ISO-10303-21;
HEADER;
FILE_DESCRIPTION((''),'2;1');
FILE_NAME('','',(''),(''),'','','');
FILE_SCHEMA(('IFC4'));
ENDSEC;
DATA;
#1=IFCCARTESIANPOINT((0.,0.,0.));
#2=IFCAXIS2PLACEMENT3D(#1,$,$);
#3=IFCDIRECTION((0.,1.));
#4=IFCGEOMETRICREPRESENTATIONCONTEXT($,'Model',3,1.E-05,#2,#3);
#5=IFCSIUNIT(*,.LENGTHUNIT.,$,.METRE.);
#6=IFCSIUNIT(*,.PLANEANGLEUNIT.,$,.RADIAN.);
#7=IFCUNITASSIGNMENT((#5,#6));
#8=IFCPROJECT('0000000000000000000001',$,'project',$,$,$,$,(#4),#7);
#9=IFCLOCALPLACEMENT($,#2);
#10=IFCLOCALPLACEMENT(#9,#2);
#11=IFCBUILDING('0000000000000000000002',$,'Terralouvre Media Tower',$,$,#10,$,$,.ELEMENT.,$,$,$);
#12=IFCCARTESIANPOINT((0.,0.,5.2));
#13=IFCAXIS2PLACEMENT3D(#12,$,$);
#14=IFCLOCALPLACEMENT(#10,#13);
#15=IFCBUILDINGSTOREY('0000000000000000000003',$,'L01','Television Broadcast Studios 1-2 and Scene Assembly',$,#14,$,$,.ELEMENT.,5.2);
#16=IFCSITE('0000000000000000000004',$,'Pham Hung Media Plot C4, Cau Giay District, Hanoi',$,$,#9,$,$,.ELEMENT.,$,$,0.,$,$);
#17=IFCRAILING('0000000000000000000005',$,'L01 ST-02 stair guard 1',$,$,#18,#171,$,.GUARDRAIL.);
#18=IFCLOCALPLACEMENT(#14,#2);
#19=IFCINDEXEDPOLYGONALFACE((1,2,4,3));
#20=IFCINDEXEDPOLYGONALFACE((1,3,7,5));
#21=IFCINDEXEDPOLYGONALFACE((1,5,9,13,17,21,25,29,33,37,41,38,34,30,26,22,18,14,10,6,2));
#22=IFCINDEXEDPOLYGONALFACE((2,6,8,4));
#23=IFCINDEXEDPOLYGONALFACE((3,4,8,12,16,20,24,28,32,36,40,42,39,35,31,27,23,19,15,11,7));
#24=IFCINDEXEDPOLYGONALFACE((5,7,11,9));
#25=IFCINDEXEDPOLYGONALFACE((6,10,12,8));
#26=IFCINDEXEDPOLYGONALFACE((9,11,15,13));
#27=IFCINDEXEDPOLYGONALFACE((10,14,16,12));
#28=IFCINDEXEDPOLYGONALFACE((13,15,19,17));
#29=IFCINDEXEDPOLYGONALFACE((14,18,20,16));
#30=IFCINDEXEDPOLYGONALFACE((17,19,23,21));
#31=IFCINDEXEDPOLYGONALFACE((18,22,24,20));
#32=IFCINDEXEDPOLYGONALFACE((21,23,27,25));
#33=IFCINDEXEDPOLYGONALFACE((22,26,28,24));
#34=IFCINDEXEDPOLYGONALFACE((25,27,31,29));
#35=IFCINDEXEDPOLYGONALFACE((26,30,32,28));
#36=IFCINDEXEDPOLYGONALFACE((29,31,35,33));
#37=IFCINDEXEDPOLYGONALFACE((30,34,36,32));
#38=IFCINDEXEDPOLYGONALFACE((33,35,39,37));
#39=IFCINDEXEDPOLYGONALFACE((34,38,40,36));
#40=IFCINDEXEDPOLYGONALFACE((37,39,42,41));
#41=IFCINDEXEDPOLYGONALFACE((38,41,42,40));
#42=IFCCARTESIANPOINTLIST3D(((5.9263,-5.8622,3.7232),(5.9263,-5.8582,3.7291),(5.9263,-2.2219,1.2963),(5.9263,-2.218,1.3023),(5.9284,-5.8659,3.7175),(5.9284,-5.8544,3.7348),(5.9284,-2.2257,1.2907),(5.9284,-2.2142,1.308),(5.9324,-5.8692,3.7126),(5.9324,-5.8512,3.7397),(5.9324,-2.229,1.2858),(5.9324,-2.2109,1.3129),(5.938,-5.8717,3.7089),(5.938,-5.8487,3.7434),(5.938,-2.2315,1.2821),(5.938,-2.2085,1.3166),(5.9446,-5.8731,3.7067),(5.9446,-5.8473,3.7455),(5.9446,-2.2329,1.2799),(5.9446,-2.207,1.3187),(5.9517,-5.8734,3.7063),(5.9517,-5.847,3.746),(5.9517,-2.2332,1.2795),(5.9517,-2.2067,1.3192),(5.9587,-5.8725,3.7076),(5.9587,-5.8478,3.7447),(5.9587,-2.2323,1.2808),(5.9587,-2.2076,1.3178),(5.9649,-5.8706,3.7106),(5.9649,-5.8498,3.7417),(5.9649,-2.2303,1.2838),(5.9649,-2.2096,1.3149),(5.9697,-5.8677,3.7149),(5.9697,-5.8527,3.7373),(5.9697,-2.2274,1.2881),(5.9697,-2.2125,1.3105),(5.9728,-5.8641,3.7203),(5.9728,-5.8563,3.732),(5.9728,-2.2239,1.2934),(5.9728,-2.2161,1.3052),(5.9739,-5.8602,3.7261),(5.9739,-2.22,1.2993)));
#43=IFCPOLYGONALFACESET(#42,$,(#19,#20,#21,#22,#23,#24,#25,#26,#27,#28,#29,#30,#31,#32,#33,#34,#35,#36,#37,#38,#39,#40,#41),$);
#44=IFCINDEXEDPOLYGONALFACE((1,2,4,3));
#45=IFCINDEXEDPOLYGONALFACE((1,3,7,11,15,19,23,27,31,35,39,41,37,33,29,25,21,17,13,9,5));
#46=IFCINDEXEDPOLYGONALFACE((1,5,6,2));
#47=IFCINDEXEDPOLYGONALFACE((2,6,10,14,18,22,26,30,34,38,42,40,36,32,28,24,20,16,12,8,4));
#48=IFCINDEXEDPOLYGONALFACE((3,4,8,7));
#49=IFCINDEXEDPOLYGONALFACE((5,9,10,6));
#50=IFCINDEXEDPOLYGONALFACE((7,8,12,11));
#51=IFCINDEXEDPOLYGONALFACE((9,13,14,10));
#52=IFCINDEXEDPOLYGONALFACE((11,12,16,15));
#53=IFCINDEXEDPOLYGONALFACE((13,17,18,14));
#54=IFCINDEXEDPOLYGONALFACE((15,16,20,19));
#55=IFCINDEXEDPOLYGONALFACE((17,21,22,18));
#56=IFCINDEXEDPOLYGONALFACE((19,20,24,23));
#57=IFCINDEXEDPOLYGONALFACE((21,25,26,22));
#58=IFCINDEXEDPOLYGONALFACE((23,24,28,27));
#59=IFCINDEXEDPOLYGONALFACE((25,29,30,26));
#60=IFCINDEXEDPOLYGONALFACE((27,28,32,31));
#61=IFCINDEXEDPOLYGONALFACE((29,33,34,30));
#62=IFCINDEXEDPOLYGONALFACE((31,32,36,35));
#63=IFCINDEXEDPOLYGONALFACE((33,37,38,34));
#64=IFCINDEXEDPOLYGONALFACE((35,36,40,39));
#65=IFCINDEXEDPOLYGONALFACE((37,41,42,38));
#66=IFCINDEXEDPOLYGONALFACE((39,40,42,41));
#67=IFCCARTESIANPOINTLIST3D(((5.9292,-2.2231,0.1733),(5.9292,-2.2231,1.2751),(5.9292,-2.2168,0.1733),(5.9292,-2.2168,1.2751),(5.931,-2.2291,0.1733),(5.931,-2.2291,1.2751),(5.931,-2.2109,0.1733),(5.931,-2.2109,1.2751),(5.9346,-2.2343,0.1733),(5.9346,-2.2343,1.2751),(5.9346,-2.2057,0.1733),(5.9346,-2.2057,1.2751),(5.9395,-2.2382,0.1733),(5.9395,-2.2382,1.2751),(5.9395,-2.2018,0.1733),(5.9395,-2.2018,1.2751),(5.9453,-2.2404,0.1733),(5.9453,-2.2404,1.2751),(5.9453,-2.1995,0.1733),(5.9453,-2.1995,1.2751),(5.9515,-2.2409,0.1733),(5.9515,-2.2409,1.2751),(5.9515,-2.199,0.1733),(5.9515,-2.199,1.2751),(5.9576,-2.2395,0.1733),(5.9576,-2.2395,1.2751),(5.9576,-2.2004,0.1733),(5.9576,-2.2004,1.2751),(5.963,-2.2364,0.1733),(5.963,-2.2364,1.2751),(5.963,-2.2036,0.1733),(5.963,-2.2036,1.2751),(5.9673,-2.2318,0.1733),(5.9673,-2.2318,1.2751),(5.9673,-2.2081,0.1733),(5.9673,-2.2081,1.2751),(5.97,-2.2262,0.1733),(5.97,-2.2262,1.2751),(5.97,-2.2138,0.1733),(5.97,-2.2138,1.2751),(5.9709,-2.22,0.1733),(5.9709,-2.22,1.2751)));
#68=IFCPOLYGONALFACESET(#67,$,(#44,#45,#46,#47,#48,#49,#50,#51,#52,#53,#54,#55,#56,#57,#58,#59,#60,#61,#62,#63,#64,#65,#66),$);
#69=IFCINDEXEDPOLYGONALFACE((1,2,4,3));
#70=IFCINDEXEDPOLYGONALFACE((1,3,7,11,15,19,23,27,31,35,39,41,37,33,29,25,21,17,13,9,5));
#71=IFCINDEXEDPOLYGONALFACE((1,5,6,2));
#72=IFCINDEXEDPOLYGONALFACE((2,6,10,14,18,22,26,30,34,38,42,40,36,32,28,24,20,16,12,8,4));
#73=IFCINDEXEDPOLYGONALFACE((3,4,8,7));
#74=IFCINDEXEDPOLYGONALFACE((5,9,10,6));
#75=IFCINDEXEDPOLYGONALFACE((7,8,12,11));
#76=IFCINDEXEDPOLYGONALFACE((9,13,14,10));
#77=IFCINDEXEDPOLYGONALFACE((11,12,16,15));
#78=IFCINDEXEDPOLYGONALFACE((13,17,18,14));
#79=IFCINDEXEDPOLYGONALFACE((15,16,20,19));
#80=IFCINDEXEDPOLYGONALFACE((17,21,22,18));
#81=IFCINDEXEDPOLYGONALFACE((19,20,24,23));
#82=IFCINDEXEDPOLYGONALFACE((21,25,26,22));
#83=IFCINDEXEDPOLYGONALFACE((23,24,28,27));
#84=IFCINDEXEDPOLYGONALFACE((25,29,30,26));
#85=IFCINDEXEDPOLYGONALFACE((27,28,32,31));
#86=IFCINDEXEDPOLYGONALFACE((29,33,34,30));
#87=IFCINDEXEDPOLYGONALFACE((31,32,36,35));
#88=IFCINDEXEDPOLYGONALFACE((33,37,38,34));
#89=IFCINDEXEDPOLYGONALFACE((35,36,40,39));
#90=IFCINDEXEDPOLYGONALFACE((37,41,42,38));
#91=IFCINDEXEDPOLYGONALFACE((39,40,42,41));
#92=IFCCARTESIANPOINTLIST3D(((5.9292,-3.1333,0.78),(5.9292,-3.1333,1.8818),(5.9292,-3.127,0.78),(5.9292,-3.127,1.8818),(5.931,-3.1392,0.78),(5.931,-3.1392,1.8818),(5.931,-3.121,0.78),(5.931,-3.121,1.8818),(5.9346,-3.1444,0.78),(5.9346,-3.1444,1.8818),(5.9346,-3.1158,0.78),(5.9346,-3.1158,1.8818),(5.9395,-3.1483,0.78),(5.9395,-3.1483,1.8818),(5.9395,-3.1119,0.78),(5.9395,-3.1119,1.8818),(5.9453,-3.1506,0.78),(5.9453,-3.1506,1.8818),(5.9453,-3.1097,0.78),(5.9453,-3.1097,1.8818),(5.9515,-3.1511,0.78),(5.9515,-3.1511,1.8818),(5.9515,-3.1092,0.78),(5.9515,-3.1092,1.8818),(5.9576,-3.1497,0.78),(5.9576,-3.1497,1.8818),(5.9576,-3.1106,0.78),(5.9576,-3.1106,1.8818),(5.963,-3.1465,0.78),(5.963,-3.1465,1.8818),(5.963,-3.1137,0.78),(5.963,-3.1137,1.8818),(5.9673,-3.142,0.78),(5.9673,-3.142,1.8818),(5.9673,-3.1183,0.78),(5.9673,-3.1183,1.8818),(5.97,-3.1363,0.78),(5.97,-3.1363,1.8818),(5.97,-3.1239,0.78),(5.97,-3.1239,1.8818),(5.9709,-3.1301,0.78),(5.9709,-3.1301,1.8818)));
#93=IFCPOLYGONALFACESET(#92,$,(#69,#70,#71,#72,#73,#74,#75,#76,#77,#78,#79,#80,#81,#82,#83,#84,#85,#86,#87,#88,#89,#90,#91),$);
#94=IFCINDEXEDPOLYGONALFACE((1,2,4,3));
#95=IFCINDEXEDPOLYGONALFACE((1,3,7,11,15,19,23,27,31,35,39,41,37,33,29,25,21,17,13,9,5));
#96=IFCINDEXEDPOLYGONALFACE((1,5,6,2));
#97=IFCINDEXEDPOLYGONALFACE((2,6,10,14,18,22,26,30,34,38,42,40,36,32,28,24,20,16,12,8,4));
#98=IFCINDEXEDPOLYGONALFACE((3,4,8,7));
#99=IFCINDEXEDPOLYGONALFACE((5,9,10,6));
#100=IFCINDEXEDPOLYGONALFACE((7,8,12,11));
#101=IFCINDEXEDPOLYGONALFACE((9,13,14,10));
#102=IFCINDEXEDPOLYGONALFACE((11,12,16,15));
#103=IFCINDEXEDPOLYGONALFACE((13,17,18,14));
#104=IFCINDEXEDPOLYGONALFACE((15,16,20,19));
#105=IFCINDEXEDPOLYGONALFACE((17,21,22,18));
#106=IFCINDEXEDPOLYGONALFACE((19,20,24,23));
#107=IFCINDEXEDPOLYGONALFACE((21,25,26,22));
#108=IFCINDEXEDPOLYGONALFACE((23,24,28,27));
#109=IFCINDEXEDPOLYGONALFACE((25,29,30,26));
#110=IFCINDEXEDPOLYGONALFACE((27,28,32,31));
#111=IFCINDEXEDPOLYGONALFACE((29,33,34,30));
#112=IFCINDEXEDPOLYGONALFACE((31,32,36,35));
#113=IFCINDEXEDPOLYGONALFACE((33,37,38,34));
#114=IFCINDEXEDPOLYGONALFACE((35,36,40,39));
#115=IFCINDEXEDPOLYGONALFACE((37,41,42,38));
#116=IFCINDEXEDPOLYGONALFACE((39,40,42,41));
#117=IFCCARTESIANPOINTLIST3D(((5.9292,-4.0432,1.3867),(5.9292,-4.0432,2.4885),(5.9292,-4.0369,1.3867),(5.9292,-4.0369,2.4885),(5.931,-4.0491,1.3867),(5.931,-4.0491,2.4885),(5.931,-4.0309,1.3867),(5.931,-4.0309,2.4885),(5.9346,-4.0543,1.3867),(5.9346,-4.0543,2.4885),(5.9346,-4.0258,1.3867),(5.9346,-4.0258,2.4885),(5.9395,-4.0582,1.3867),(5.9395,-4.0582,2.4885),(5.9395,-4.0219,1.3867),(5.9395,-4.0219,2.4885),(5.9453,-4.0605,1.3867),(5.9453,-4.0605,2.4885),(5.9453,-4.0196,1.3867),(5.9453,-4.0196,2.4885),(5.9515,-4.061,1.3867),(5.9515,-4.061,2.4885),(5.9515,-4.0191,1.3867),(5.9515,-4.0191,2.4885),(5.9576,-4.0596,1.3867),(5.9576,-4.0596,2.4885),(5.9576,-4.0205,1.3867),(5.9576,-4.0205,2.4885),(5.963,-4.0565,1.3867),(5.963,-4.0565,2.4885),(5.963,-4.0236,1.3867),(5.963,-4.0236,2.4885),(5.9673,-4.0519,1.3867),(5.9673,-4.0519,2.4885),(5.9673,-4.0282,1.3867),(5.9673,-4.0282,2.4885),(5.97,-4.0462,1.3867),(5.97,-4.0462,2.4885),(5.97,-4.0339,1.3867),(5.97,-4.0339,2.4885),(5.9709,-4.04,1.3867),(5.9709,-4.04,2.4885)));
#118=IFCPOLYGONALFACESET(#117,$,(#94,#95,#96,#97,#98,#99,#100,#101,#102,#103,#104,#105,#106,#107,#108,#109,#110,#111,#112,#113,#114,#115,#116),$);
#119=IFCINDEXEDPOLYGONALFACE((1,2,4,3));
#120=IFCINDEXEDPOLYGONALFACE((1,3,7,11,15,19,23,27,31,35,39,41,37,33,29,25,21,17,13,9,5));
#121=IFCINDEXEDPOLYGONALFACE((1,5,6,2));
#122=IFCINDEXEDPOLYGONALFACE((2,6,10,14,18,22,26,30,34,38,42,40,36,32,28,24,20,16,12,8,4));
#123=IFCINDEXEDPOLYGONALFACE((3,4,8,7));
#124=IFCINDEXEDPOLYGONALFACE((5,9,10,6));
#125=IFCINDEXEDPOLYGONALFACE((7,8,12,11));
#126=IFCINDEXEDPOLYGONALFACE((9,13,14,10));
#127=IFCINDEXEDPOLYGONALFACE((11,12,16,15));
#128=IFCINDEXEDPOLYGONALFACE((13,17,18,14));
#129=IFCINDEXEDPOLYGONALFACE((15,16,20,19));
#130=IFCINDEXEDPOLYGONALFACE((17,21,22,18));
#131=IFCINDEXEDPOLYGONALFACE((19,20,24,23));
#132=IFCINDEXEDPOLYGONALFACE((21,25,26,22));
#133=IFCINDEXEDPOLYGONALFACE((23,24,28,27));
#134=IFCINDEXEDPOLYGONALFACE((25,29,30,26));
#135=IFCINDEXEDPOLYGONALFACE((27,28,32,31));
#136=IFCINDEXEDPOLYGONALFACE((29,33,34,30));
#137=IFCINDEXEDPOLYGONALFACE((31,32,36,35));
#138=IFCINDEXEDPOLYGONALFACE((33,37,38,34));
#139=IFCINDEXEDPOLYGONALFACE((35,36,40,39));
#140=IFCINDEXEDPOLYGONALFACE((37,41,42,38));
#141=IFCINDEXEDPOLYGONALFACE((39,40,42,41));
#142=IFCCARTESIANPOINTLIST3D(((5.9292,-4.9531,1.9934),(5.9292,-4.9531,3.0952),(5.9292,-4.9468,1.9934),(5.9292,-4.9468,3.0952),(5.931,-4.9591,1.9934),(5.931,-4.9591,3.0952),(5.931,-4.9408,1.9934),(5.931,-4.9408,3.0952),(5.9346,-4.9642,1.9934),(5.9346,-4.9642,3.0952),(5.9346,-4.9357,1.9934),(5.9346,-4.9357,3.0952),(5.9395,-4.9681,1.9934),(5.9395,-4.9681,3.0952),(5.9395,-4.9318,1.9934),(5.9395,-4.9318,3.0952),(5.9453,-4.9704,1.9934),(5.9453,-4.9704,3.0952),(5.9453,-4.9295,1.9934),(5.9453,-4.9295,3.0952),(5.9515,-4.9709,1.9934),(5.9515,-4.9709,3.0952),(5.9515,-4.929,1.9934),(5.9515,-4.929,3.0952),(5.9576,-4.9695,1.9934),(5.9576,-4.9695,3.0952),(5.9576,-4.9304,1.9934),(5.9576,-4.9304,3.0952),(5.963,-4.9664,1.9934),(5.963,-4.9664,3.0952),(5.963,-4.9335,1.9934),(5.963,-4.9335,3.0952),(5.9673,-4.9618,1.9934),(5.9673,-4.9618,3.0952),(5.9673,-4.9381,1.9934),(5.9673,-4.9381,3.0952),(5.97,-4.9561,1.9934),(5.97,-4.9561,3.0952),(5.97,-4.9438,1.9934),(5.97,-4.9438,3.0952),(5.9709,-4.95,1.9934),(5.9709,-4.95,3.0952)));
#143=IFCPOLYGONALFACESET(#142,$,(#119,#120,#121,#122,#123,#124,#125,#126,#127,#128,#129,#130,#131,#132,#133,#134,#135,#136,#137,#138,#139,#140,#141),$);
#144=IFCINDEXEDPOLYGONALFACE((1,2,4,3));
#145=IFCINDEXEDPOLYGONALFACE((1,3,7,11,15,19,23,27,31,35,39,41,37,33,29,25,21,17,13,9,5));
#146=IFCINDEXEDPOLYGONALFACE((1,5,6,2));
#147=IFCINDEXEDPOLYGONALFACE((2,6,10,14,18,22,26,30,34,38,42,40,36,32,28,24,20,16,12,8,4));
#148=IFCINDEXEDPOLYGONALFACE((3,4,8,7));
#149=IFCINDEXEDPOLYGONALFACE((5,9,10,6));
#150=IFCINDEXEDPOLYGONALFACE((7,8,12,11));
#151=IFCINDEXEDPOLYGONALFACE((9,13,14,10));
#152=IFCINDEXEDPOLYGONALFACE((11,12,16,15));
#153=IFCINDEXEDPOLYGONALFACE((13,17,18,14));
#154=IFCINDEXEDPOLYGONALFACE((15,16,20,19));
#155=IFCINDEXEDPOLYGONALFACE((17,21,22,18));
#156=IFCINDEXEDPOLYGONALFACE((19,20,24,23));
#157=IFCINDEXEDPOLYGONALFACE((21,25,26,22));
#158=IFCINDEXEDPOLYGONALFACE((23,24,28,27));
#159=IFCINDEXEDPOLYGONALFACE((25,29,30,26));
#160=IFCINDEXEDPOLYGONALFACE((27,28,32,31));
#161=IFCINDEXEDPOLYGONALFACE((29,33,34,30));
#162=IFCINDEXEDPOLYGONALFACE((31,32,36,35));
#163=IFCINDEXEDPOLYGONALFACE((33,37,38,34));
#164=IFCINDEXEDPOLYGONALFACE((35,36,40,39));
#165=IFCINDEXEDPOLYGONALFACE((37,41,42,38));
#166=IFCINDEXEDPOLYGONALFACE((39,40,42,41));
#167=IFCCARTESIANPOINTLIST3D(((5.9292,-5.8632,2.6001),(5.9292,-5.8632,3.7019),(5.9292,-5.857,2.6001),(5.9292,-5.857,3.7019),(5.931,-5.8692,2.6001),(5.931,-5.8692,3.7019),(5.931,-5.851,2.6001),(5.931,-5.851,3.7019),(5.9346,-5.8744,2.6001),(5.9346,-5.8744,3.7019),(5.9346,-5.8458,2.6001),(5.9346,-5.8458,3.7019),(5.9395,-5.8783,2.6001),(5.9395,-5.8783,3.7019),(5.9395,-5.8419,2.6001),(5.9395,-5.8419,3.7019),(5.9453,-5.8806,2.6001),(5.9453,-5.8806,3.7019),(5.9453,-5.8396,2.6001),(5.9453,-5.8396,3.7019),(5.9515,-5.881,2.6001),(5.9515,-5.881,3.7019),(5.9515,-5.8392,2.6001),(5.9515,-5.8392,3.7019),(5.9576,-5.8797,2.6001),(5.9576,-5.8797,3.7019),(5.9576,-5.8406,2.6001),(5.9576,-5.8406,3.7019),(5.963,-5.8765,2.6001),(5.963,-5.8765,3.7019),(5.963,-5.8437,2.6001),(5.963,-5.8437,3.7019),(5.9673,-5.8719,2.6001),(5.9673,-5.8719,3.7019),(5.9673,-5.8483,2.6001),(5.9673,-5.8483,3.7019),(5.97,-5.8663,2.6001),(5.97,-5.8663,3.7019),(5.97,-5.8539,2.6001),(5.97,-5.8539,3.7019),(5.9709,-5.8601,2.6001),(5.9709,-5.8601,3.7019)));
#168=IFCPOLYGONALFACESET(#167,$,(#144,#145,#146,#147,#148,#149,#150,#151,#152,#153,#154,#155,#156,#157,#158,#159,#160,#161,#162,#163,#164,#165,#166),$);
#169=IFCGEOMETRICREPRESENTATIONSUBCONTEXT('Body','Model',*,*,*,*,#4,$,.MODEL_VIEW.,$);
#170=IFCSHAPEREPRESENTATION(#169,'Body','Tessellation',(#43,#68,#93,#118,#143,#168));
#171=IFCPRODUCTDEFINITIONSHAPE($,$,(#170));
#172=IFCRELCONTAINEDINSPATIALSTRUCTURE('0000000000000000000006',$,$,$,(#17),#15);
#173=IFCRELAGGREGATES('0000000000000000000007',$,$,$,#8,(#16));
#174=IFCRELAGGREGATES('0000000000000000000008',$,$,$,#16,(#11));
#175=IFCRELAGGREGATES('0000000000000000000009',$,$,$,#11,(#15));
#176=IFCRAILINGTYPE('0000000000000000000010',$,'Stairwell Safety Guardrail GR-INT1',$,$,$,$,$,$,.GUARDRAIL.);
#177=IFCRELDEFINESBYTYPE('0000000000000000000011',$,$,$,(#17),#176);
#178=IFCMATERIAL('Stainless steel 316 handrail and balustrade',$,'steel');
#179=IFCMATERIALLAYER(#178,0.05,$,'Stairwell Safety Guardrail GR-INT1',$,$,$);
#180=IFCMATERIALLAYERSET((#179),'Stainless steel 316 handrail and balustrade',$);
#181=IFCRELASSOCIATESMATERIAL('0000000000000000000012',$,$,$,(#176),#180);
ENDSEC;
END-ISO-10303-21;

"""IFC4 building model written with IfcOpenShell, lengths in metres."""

from ifc_helpers import new_model, si_unit, direction, frame, origin, origin_2d, place, context, subcontext, project, spatial, circle, extrude, material, layer, layer_set, type_object, element, save


model = new_model("IFC4")

# Units and contexts
model_context = context("Model", 3, precision=1e-05, world=origin(), true_north=direction((0.0, 1.0)))
body_context = subcontext(model_context, "Body", "Model", "MODEL_VIEW")
ifc_project = project(units=[si_unit("LENGTHUNIT", "METRE"), si_unit("PLANEANGLEUNIT", "RADIAN")], contexts=[model_context])

# Site, building, storey
site_placement = place(None, origin())
site = spatial("IfcSite", under=ifc_project, at=site_placement, Name="Pham Hung Media Plot C4, Cau Giay District, Hanoi", CompositionType="ELEMENT", RefElevation=0.0)
building_placement = place(site_placement, origin())
building = spatial("IfcBuilding", under=site, at=building_placement, Name="Terralouvre Media Tower", CompositionType="ELEMENT")
storey_placement = place(building_placement, frame((0.0, 0.0, 5.2)))
storey = spatial("IfcBuildingStorey", under=building, at=storey_placement, Name="L01", Description="Television Broadcast Studios 1-2 and Scene Assembly", CompositionType="ELEMENT", Elevation=5.2)

# Railing
ifc_material_1 = material(Name="Stainless steel 316 handrail and balustrade", Category="steel")
ifc_layer_1 = layer(ifc_material_1, 0.05, Name="Stairwell Safety Guardrail GR-INT1")
ifc_layer_set_1 = layer_set([ifc_layer_1], Name="Stainless steel 316 handrail and balustrade")
railing_type_1 = type_object("IfcRailingType", Name="Stairwell Safety Guardrail GR-INT1", PredefinedType="GUARDRAIL", material=ifc_layer_set_1)
railing_1_placement = place(storey_placement, frame((5.95, -2.22, 0.1733)))
element("IfcRailing", 1, at=railing_1_placement, inside=storey, type_object=railing_type_1, Name="L01 ST-02 stair guard 1", PredefinedType="GUARDRAIL", context=body_context, shape_type="SweptSolid", body=[
    extrude(circle(Radius=0.0239, at=origin_2d()), frame((0.0, 0.0, 1.126), z_axis=(0.0, -0.83205, 0.5547), x_axis=(1.0, 0.0, 0.0)), (0.0, 0.0, 1.0), 4.375),
    extrude(circle(Radius=0.021, at=origin_2d()), origin(), (0.0, 0.0, 1.0), 1.1018),
    extrude(circle(Radius=0.021, at=origin_2d()), frame((0.0, -0.9102, 0.6067)), (0.0, 0.0, 1.0), 1.1018),
    extrude(circle(Radius=0.021, at=origin_2d()), frame((0.0, -1.8201, 1.2134)), (0.0, 0.0, 1.0), 1.1018),
    extrude(circle(Radius=0.021, at=origin_2d()), frame((0.0, -2.73, 1.8201)), (0.0, 0.0, 1.0), 1.1018),
    extrude(circle(Radius=0.021, at=origin_2d()), frame((0.0, -3.6401, 2.4268)), (0.0, 0.0, 1.0), 1.1018),
])

save(model, "model.ifc")
